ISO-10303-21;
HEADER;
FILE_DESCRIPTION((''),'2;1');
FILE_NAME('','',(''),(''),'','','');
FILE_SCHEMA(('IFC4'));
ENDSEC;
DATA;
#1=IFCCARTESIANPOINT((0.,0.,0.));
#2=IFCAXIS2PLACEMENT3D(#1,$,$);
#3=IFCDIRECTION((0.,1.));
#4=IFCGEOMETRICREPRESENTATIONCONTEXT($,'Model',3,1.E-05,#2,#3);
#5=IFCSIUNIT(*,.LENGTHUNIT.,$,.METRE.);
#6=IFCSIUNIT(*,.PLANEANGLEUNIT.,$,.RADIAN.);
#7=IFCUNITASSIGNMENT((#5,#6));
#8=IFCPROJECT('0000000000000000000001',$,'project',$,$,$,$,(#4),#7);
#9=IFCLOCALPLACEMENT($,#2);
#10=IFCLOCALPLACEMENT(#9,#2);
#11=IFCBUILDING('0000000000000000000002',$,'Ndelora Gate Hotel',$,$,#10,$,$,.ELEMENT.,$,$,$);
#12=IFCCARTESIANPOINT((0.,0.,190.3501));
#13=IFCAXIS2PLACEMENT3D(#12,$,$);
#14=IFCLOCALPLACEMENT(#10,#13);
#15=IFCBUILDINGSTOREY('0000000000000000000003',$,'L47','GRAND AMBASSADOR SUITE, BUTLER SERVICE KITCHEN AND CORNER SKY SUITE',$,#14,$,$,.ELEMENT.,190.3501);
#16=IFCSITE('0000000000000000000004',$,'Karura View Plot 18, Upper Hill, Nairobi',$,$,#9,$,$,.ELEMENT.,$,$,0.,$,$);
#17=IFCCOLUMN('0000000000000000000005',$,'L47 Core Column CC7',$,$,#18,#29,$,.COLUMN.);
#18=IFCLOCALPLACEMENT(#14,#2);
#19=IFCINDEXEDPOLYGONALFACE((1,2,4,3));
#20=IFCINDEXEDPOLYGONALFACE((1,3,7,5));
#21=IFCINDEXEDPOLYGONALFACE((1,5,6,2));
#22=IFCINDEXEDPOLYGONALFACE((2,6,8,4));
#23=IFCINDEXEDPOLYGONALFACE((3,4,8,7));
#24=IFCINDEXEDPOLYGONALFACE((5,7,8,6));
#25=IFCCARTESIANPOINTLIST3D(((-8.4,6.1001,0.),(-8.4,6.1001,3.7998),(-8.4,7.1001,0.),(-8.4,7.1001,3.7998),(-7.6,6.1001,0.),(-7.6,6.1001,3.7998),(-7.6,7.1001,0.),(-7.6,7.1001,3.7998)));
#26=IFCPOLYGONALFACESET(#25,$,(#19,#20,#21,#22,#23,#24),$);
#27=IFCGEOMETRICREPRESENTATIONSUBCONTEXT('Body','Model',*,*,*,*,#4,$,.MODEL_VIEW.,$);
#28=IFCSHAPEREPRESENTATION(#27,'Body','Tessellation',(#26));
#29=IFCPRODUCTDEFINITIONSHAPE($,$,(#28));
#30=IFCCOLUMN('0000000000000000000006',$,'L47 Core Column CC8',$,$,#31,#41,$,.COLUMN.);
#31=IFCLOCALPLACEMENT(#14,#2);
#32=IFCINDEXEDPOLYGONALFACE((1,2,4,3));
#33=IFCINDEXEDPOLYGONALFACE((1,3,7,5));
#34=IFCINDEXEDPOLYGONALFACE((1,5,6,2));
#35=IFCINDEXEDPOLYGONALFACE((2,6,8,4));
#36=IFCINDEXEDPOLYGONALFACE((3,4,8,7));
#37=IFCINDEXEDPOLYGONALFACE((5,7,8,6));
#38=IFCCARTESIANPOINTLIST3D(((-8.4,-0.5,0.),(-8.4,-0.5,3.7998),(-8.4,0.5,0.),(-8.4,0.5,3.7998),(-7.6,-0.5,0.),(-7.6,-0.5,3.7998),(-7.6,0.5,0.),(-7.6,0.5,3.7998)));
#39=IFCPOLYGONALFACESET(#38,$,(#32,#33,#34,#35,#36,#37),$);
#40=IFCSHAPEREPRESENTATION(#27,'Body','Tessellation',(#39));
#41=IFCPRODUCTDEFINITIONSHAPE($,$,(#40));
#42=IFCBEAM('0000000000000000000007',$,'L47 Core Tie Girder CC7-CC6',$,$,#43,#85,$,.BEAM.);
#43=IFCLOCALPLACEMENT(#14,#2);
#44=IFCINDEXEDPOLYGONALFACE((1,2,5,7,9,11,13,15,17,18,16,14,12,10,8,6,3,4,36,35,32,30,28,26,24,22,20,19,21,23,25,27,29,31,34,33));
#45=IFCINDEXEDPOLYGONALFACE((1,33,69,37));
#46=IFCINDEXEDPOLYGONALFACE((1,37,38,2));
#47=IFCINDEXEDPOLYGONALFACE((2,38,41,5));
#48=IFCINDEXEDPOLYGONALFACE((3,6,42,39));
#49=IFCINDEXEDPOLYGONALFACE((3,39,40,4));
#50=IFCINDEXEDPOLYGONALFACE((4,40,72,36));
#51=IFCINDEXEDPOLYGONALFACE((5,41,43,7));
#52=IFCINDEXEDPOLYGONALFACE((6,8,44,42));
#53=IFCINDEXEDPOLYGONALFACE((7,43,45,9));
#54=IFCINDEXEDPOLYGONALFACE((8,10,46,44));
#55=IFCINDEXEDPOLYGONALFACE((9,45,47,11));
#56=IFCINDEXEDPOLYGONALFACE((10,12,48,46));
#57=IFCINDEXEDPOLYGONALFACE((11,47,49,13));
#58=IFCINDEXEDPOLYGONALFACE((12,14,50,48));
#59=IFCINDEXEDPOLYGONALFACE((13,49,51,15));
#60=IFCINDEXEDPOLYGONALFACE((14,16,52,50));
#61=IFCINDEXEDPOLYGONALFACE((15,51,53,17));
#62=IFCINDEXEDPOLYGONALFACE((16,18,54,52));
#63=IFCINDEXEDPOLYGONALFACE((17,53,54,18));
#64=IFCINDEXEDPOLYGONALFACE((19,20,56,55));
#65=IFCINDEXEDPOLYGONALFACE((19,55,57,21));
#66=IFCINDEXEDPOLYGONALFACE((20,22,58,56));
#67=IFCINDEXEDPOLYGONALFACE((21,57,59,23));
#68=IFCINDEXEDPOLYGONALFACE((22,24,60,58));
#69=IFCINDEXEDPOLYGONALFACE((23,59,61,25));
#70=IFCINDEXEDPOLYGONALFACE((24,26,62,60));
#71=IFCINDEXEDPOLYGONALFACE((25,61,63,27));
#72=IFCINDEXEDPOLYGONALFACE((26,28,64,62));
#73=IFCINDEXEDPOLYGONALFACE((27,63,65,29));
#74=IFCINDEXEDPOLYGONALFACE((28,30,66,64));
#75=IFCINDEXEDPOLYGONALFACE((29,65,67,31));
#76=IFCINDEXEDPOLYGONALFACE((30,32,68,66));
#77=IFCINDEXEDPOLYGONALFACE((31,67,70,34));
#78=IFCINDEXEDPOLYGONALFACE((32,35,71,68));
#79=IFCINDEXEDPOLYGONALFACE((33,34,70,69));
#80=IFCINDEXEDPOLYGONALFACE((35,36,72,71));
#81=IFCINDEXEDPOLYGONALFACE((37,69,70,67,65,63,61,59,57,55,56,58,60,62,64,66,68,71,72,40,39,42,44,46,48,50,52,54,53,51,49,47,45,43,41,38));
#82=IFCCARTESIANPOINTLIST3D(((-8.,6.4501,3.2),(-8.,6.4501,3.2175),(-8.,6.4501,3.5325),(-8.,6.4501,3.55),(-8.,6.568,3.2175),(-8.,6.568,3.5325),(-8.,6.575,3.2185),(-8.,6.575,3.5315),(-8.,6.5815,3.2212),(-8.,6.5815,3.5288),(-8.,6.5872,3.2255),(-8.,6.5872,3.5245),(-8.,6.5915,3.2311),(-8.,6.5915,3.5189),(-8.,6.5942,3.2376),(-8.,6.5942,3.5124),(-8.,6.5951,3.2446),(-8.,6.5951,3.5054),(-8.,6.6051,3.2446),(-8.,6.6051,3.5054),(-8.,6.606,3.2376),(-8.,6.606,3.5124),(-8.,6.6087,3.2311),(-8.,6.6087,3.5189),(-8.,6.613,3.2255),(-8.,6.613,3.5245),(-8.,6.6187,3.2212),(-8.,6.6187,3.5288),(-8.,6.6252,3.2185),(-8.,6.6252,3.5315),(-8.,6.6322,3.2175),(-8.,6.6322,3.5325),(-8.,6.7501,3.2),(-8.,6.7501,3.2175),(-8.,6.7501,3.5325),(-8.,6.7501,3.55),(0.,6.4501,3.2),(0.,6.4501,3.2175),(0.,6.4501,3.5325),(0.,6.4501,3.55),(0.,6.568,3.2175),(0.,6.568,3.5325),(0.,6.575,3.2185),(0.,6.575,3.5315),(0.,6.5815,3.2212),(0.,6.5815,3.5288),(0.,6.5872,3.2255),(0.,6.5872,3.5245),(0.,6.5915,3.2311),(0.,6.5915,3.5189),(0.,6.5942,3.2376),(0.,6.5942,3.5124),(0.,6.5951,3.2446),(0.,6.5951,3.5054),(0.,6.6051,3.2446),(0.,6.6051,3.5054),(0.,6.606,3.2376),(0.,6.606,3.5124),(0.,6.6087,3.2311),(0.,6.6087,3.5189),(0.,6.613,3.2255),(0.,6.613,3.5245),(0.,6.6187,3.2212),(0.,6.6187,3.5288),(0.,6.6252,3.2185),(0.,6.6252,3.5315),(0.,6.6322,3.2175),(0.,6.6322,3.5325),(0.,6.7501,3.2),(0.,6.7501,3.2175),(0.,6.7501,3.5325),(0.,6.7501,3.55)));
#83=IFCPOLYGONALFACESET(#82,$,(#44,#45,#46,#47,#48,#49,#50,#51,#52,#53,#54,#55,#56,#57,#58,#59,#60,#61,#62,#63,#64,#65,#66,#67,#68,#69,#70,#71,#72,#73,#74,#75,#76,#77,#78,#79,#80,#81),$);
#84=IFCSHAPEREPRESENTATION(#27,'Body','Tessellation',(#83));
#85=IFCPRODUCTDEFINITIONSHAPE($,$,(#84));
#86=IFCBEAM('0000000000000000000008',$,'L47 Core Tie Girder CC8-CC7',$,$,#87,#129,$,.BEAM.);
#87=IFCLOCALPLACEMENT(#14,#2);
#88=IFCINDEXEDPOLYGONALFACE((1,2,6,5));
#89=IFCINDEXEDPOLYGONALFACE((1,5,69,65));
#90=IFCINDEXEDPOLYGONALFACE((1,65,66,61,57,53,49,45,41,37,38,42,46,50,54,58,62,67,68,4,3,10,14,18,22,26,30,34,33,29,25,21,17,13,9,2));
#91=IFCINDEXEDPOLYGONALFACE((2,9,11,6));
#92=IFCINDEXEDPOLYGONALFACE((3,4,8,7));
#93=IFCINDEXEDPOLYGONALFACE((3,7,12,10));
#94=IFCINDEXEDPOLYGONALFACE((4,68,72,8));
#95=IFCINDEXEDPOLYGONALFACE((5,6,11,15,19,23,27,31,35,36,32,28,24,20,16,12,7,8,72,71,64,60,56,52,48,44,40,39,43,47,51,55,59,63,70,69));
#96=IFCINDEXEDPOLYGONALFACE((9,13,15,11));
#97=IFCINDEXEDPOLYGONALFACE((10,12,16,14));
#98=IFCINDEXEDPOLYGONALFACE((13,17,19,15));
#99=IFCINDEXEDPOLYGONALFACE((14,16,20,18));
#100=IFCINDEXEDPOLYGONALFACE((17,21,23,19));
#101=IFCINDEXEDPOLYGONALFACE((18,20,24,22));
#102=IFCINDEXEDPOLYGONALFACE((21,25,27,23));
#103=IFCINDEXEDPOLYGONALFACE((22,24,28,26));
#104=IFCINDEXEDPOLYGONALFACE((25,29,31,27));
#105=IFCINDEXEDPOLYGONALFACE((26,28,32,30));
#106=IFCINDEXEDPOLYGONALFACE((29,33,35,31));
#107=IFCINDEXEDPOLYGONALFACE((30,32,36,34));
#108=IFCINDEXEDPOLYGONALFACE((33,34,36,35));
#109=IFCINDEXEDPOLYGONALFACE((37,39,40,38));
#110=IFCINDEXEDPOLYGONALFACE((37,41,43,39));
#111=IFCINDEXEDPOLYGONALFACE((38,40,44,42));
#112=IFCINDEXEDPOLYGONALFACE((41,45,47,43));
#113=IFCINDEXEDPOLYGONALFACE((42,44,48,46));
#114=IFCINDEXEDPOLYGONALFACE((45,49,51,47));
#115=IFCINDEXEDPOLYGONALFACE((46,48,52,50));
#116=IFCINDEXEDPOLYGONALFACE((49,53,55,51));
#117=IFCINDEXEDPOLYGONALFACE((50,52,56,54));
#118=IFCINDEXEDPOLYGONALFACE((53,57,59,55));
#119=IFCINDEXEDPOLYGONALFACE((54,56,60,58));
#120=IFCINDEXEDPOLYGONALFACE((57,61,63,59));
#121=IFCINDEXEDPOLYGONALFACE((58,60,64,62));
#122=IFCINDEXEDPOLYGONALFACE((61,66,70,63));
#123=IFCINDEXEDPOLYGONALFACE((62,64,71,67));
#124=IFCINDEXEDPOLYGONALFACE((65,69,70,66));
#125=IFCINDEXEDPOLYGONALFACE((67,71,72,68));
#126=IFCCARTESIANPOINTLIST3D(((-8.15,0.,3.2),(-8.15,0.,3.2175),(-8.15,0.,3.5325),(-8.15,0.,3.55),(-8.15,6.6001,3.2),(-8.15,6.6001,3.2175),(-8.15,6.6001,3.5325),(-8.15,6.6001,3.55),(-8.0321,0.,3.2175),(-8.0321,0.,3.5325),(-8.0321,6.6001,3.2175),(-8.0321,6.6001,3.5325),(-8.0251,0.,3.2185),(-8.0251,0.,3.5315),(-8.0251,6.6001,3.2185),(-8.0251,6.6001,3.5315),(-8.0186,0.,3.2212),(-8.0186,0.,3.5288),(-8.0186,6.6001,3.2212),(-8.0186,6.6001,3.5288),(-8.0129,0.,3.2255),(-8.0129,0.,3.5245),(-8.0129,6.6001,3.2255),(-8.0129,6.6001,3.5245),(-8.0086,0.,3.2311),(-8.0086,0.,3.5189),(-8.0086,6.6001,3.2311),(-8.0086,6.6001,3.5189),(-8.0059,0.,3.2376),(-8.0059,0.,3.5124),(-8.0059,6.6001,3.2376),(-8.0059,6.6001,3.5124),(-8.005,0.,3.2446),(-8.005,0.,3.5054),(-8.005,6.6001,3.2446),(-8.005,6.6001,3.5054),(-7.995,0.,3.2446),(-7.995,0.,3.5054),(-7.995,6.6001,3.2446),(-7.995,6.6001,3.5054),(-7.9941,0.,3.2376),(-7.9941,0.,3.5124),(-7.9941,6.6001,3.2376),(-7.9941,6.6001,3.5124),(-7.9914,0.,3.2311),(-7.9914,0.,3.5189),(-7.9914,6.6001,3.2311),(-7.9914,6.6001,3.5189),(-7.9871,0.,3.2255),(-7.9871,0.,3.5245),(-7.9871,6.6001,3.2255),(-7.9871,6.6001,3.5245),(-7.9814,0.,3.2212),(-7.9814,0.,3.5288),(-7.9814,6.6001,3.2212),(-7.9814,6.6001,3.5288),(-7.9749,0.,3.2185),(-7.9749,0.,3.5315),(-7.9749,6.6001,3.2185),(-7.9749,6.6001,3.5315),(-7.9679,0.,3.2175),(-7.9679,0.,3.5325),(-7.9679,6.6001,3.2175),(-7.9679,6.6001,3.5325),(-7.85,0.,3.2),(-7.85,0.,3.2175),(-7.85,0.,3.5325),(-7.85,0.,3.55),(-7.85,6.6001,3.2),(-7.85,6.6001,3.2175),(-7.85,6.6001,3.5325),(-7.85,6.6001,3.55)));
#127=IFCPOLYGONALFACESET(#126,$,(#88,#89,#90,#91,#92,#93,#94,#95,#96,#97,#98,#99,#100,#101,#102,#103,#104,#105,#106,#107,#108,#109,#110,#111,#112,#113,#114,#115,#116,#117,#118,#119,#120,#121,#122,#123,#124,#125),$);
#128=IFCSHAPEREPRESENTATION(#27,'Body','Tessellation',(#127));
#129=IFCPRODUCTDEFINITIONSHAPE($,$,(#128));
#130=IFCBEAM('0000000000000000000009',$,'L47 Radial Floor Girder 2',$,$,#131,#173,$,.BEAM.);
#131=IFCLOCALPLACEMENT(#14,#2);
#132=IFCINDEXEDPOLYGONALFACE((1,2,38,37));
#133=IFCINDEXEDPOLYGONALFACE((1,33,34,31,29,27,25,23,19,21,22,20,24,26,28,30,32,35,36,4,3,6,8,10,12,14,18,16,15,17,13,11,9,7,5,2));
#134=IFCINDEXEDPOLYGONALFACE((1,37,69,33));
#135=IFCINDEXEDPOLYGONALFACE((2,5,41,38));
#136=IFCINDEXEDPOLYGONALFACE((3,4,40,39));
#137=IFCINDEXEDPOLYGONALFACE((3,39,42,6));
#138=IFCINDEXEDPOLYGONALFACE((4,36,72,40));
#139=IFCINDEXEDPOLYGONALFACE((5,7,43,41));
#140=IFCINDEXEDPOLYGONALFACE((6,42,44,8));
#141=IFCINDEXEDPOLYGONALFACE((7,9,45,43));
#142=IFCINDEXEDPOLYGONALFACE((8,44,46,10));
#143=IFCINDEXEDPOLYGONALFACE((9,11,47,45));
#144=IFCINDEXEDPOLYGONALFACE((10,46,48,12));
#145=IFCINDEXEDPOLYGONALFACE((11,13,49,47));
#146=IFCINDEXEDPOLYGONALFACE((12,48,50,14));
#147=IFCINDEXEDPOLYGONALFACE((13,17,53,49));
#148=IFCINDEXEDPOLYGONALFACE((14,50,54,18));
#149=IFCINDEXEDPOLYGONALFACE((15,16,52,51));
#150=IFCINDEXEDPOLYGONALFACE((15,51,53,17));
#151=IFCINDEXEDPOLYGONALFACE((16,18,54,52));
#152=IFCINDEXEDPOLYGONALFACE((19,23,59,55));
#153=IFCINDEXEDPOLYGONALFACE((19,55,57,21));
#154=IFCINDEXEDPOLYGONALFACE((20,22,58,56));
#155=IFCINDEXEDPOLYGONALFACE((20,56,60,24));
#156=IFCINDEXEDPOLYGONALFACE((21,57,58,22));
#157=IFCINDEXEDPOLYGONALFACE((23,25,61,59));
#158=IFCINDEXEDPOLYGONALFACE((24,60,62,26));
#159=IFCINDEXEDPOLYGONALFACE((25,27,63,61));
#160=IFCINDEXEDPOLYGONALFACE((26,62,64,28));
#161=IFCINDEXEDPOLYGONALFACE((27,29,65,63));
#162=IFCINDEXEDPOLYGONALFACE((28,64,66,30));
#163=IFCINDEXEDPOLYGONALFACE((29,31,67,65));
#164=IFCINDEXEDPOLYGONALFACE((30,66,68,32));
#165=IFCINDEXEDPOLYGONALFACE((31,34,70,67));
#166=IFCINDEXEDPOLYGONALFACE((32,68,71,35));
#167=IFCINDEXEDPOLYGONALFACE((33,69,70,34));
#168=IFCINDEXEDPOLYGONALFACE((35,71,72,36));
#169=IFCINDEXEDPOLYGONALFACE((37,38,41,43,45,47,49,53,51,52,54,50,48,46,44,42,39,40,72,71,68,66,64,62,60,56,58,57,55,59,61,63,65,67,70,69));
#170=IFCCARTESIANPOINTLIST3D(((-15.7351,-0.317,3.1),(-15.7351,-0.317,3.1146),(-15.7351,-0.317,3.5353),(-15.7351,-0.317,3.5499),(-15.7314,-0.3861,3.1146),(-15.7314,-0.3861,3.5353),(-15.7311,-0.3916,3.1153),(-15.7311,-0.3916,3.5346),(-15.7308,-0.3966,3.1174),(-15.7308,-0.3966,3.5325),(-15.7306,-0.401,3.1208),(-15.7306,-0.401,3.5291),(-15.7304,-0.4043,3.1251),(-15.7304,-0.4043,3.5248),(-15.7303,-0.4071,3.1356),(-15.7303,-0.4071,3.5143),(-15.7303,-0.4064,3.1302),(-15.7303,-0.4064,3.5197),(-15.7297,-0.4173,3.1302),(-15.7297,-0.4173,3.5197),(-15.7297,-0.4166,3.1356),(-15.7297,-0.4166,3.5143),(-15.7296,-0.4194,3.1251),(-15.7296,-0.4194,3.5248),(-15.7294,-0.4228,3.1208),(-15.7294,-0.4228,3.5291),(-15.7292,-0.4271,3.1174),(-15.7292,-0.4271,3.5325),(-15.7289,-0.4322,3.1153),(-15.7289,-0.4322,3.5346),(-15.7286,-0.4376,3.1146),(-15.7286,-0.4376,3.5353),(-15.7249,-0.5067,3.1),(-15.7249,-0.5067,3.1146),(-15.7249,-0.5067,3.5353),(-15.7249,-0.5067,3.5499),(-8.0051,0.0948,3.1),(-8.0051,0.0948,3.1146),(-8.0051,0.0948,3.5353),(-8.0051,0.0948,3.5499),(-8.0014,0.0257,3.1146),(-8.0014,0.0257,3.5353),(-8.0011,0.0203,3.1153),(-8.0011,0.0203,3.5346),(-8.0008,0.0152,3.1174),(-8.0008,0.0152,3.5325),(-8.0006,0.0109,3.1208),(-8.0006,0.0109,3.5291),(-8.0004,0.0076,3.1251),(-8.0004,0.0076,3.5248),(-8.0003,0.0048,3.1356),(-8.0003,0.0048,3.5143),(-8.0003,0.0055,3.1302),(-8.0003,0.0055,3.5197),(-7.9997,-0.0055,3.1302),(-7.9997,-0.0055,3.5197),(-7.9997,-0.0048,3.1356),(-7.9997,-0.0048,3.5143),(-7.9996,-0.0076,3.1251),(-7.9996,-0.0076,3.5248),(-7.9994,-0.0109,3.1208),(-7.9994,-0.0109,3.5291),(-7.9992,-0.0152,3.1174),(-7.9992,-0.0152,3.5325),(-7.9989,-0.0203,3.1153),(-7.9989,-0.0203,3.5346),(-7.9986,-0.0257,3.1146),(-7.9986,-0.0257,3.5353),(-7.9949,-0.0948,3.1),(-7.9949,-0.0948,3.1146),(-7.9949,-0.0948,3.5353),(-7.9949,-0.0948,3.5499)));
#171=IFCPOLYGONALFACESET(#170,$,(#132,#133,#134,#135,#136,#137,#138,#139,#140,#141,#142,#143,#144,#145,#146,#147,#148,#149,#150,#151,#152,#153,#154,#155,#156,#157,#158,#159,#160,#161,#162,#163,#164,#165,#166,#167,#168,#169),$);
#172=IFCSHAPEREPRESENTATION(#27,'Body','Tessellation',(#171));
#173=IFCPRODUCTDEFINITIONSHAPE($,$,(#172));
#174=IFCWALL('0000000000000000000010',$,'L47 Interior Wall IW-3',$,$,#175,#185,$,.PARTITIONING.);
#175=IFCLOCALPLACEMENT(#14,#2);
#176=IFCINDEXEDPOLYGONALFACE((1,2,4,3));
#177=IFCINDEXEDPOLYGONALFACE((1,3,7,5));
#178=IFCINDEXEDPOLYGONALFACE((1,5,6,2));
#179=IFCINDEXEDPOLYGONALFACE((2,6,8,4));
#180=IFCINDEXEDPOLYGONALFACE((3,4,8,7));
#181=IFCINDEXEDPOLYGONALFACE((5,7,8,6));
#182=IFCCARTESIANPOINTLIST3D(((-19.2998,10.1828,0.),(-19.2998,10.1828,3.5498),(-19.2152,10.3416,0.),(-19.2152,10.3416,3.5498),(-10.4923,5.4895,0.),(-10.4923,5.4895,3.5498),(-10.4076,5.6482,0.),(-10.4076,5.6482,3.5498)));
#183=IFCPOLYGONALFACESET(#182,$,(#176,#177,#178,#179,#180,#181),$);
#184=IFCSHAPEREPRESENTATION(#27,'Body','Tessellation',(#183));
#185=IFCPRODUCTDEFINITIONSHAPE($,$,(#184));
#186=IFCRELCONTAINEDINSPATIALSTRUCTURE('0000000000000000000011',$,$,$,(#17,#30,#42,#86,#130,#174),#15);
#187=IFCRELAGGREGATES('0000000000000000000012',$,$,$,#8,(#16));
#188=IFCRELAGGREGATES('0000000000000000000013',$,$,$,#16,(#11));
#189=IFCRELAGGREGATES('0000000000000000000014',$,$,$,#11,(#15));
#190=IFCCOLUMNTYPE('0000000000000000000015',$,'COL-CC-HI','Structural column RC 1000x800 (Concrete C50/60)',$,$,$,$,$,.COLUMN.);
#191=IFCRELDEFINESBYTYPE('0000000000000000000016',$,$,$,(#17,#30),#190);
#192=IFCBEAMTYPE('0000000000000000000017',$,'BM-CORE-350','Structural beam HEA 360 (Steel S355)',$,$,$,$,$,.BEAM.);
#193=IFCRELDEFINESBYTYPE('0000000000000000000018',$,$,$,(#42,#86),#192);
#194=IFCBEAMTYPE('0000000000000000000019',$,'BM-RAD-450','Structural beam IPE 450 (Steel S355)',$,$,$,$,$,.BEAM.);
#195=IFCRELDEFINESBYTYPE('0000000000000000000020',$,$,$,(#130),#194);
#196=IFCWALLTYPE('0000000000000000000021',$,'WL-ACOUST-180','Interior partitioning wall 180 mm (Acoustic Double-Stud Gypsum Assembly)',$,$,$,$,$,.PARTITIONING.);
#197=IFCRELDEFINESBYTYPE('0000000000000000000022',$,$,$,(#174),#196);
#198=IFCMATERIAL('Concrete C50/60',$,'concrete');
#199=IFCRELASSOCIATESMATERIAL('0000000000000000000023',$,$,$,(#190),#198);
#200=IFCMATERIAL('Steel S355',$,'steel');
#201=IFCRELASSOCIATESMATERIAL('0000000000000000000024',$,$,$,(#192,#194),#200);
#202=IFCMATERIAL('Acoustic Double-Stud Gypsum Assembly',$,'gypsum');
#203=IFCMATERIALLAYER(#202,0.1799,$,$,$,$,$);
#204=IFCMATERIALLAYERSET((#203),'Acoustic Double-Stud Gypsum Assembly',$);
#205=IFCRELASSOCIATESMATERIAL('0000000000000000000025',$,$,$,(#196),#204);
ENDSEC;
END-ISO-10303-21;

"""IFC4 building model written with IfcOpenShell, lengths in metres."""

from ifc_helpers import new_model, si_unit, direction, frame, frame_2d, origin, origin_2d, place, context, subcontext, project, spatial, rectangle, i_section, extrude, material, layer, layer_set, material_profile, profile_set, type_object, element, save


model = new_model("IFC4")

# Units and contexts
model_context = context("Model", 3, precision=1e-05, world=origin(), true_north=direction((0.0, 1.0)))
body_context = subcontext(model_context, "Body", "Model", "MODEL_VIEW")
ifc_project = project(units=[si_unit("LENGTHUNIT", "METRE"), si_unit("PLANEANGLEUNIT", "RADIAN")], contexts=[model_context])

# Site, building, storey
site_placement = place(None, origin())
site = spatial("IfcSite", under=ifc_project, at=site_placement, Name="Karura View Plot 18, Upper Hill, Nairobi", CompositionType="ELEMENT", RefElevation=0.0)
building_placement = place(site_placement, origin())
building = spatial("IfcBuilding", under=site, at=building_placement, Name="Ndelora Gate Hotel", CompositionType="ELEMENT")
storey_placement = place(building_placement, frame((0.0, 0.0, 190.3501)))
storey = spatial("IfcBuildingStorey", under=building, at=storey_placement, Name="L47", Description="GRAND AMBASSADOR SUITE, BUTLER SERVICE KITCHEN AND CORNER SKY SUITE", CompositionType="ELEMENT", Elevation=190.3501)

# Columns
ifc_material_1 = material(Name="Concrete C50/60", Category="concrete")
ifc_material_profile_1 = material_profile(ifc_material_1, rectangle(XDim=0.8, YDim=1.0, at=origin_2d()), Name="RC 1000x800")
ifc_profile_set_1 = profile_set([ifc_material_profile_1], Name="Concrete C50/60")
column_type = type_object("IfcColumnType", Name="COL-CC-HI", Description="Structural column RC 1000x800 (Concrete C50/60)", PredefinedType="COLUMN", material=ifc_profile_set_1)
for number, where, z_axis, x_axis, name in (
    (1, (-8.0, 6.6001, 0.0), (0.0, 0.0, 1.0), (1.0, 0.0, 0.0), "L47 Core Column CC7"),
    (2, (-8.0, 0.0, 0.0), (0.0, 0.0, 1.0), (1.0, 0.0, 0.0), "L47 Core Column CC8"),
):
    element("IfcColumn", number, at=place(storey_placement, frame(where, z_axis=z_axis, x_axis=x_axis)), inside=storey, type_object=column_type, Name=name, PredefinedType="COLUMN", context=body_context, shape_type="SweptSolid", body=[
        extrude(rectangle(XDim=0.8, YDim=1.0, at=origin_2d()), origin(), (0.0, 0.0, 1.0), 3.7998),
    ])

# Beams
ifc_material_2 = material(Name="Steel S355", Category="steel")
ifc_material_profile_2 = material_profile(ifc_material_2, i_section(OverallWidth=0.3, OverallDepth=0.3501, WebThickness=0.01, FlangeThickness=0.0176, FilletRadius=0.0271, at=origin_2d()), Name="HEA 360")
ifc_profile_set_2 = profile_set([ifc_material_profile_2], Name="Steel S355")
beam_type_1 = type_object("IfcBeamType", Name="BM-CORE-350", Description="Structural beam HEA 360 (Steel S355)", PredefinedType="BEAM", material=ifc_profile_set_2)
beam_1_placement = place(storey_placement, frame((-8.0, 6.6001, 3.375), z_axis=(1.0, 0.0, 0.0), x_axis=(0.0, 1.0, 0.0)))
element("IfcBeam", 3, at=beam_1_placement, inside=storey, type_object=beam_type_1, Name="L47 Core Tie Girder CC7-CC6", PredefinedType="BEAM", context=body_context, shape_type="SweptSolid", body=[
    extrude(i_section(OverallWidth=0.3, OverallDepth=0.3501, WebThickness=0.01, FlangeThickness=0.0176, FilletRadius=0.0271, at=origin_2d()), origin(), (0.0, 0.0, 1.0), 8.0),
])
beam_2_placement = place(storey_placement, frame((-8.0, 0.0, 3.375), z_axis=(0.0, 1.0, 0.0), x_axis=(-1.0, 0.0, 0.0)))
element("IfcBeam", 4, at=beam_2_placement, inside=storey, type_object=beam_type_1, Name="L47 Core Tie Girder CC8-CC7", PredefinedType="BEAM", context=body_context, shape_type="SweptSolid", body=[
    extrude(i_section(OverallWidth=0.3, OverallDepth=0.3501, WebThickness=0.01, FlangeThickness=0.0176, FilletRadius=0.0271, at=origin_2d()), origin(), (0.0, 0.0, 1.0), 6.6001),
])
ifc_material_profile_3 = material_profile(ifc_material_2, i_section(OverallWidth=0.1899, OverallDepth=0.45, WebThickness=0.0095, FlangeThickness=0.0146, FilletRadius=0.021, at=origin_2d()), Name="IPE 450")
ifc_profile_set_3 = profile_set([ifc_material_profile_3], Name="Steel S355")
beam_type_2 = type_object("IfcBeamType", Name="BM-RAD-450", Description="Structural beam IPE 450 (Steel S355)", PredefinedType="BEAM", material=ifc_profile_set_3)
beam_3_placement = place(storey_placement, frame((-8.0, 0.0, 3.325), z_axis=(-0.998584, -0.053206, 0.0), x_axis=(0.053206, -0.998584, 0.0)))
element("IfcBeam", 5, at=beam_3_placement, inside=storey, type_object=beam_type_2, Name="L47 Radial Floor Girder 2", PredefinedType="BEAM", context=body_context, shape_type="SweptSolid", body=[
    extrude(i_section(OverallWidth=0.1899, OverallDepth=0.45, WebThickness=0.0095, FlangeThickness=0.0146, FilletRadius=0.021, at=origin_2d()), origin(), (0.0, 0.0, 1.0), 7.741),
])

# Wall
ifc_material_3 = material(Name="Acoustic Double-Stud Gypsum Assembly", Category="gypsum")
ifc_layer_1 = layer(ifc_material_3, 0.1799)
ifc_layer_set_1 = layer_set([ifc_layer_1], Name="Acoustic Double-Stud Gypsum Assembly")
wall_type_1 = type_object("IfcWallType", Name="WL-ACOUST-180", Description="Interior partitioning wall 180 mm (Acoustic Double-Stud Gypsum Assembly)", PredefinedType="PARTITIONING", material=ifc_layer_set_1)
wall_1_placement = place(storey_placement, frame((-10.45, 5.5688, 0.0), z_axis=(0.0, 0.0, 1.0), x_axis=(-0.882521, 0.470273, 0.0)))
element("IfcWall", 6, at=wall_1_placement, inside=storey, type_object=wall_type_1, Name="L47 Interior Wall IW-3", PredefinedType="PARTITIONING", context=body_context, shape_type="SweptSolid", body=[
    extrude(rectangle(XDim=9.98, YDim=0.1799, at=frame_2d((4.99, 0.0))), origin(), (0.0, 0.0, 1.0), 3.5498),
])

save(model, "model.ifc")
